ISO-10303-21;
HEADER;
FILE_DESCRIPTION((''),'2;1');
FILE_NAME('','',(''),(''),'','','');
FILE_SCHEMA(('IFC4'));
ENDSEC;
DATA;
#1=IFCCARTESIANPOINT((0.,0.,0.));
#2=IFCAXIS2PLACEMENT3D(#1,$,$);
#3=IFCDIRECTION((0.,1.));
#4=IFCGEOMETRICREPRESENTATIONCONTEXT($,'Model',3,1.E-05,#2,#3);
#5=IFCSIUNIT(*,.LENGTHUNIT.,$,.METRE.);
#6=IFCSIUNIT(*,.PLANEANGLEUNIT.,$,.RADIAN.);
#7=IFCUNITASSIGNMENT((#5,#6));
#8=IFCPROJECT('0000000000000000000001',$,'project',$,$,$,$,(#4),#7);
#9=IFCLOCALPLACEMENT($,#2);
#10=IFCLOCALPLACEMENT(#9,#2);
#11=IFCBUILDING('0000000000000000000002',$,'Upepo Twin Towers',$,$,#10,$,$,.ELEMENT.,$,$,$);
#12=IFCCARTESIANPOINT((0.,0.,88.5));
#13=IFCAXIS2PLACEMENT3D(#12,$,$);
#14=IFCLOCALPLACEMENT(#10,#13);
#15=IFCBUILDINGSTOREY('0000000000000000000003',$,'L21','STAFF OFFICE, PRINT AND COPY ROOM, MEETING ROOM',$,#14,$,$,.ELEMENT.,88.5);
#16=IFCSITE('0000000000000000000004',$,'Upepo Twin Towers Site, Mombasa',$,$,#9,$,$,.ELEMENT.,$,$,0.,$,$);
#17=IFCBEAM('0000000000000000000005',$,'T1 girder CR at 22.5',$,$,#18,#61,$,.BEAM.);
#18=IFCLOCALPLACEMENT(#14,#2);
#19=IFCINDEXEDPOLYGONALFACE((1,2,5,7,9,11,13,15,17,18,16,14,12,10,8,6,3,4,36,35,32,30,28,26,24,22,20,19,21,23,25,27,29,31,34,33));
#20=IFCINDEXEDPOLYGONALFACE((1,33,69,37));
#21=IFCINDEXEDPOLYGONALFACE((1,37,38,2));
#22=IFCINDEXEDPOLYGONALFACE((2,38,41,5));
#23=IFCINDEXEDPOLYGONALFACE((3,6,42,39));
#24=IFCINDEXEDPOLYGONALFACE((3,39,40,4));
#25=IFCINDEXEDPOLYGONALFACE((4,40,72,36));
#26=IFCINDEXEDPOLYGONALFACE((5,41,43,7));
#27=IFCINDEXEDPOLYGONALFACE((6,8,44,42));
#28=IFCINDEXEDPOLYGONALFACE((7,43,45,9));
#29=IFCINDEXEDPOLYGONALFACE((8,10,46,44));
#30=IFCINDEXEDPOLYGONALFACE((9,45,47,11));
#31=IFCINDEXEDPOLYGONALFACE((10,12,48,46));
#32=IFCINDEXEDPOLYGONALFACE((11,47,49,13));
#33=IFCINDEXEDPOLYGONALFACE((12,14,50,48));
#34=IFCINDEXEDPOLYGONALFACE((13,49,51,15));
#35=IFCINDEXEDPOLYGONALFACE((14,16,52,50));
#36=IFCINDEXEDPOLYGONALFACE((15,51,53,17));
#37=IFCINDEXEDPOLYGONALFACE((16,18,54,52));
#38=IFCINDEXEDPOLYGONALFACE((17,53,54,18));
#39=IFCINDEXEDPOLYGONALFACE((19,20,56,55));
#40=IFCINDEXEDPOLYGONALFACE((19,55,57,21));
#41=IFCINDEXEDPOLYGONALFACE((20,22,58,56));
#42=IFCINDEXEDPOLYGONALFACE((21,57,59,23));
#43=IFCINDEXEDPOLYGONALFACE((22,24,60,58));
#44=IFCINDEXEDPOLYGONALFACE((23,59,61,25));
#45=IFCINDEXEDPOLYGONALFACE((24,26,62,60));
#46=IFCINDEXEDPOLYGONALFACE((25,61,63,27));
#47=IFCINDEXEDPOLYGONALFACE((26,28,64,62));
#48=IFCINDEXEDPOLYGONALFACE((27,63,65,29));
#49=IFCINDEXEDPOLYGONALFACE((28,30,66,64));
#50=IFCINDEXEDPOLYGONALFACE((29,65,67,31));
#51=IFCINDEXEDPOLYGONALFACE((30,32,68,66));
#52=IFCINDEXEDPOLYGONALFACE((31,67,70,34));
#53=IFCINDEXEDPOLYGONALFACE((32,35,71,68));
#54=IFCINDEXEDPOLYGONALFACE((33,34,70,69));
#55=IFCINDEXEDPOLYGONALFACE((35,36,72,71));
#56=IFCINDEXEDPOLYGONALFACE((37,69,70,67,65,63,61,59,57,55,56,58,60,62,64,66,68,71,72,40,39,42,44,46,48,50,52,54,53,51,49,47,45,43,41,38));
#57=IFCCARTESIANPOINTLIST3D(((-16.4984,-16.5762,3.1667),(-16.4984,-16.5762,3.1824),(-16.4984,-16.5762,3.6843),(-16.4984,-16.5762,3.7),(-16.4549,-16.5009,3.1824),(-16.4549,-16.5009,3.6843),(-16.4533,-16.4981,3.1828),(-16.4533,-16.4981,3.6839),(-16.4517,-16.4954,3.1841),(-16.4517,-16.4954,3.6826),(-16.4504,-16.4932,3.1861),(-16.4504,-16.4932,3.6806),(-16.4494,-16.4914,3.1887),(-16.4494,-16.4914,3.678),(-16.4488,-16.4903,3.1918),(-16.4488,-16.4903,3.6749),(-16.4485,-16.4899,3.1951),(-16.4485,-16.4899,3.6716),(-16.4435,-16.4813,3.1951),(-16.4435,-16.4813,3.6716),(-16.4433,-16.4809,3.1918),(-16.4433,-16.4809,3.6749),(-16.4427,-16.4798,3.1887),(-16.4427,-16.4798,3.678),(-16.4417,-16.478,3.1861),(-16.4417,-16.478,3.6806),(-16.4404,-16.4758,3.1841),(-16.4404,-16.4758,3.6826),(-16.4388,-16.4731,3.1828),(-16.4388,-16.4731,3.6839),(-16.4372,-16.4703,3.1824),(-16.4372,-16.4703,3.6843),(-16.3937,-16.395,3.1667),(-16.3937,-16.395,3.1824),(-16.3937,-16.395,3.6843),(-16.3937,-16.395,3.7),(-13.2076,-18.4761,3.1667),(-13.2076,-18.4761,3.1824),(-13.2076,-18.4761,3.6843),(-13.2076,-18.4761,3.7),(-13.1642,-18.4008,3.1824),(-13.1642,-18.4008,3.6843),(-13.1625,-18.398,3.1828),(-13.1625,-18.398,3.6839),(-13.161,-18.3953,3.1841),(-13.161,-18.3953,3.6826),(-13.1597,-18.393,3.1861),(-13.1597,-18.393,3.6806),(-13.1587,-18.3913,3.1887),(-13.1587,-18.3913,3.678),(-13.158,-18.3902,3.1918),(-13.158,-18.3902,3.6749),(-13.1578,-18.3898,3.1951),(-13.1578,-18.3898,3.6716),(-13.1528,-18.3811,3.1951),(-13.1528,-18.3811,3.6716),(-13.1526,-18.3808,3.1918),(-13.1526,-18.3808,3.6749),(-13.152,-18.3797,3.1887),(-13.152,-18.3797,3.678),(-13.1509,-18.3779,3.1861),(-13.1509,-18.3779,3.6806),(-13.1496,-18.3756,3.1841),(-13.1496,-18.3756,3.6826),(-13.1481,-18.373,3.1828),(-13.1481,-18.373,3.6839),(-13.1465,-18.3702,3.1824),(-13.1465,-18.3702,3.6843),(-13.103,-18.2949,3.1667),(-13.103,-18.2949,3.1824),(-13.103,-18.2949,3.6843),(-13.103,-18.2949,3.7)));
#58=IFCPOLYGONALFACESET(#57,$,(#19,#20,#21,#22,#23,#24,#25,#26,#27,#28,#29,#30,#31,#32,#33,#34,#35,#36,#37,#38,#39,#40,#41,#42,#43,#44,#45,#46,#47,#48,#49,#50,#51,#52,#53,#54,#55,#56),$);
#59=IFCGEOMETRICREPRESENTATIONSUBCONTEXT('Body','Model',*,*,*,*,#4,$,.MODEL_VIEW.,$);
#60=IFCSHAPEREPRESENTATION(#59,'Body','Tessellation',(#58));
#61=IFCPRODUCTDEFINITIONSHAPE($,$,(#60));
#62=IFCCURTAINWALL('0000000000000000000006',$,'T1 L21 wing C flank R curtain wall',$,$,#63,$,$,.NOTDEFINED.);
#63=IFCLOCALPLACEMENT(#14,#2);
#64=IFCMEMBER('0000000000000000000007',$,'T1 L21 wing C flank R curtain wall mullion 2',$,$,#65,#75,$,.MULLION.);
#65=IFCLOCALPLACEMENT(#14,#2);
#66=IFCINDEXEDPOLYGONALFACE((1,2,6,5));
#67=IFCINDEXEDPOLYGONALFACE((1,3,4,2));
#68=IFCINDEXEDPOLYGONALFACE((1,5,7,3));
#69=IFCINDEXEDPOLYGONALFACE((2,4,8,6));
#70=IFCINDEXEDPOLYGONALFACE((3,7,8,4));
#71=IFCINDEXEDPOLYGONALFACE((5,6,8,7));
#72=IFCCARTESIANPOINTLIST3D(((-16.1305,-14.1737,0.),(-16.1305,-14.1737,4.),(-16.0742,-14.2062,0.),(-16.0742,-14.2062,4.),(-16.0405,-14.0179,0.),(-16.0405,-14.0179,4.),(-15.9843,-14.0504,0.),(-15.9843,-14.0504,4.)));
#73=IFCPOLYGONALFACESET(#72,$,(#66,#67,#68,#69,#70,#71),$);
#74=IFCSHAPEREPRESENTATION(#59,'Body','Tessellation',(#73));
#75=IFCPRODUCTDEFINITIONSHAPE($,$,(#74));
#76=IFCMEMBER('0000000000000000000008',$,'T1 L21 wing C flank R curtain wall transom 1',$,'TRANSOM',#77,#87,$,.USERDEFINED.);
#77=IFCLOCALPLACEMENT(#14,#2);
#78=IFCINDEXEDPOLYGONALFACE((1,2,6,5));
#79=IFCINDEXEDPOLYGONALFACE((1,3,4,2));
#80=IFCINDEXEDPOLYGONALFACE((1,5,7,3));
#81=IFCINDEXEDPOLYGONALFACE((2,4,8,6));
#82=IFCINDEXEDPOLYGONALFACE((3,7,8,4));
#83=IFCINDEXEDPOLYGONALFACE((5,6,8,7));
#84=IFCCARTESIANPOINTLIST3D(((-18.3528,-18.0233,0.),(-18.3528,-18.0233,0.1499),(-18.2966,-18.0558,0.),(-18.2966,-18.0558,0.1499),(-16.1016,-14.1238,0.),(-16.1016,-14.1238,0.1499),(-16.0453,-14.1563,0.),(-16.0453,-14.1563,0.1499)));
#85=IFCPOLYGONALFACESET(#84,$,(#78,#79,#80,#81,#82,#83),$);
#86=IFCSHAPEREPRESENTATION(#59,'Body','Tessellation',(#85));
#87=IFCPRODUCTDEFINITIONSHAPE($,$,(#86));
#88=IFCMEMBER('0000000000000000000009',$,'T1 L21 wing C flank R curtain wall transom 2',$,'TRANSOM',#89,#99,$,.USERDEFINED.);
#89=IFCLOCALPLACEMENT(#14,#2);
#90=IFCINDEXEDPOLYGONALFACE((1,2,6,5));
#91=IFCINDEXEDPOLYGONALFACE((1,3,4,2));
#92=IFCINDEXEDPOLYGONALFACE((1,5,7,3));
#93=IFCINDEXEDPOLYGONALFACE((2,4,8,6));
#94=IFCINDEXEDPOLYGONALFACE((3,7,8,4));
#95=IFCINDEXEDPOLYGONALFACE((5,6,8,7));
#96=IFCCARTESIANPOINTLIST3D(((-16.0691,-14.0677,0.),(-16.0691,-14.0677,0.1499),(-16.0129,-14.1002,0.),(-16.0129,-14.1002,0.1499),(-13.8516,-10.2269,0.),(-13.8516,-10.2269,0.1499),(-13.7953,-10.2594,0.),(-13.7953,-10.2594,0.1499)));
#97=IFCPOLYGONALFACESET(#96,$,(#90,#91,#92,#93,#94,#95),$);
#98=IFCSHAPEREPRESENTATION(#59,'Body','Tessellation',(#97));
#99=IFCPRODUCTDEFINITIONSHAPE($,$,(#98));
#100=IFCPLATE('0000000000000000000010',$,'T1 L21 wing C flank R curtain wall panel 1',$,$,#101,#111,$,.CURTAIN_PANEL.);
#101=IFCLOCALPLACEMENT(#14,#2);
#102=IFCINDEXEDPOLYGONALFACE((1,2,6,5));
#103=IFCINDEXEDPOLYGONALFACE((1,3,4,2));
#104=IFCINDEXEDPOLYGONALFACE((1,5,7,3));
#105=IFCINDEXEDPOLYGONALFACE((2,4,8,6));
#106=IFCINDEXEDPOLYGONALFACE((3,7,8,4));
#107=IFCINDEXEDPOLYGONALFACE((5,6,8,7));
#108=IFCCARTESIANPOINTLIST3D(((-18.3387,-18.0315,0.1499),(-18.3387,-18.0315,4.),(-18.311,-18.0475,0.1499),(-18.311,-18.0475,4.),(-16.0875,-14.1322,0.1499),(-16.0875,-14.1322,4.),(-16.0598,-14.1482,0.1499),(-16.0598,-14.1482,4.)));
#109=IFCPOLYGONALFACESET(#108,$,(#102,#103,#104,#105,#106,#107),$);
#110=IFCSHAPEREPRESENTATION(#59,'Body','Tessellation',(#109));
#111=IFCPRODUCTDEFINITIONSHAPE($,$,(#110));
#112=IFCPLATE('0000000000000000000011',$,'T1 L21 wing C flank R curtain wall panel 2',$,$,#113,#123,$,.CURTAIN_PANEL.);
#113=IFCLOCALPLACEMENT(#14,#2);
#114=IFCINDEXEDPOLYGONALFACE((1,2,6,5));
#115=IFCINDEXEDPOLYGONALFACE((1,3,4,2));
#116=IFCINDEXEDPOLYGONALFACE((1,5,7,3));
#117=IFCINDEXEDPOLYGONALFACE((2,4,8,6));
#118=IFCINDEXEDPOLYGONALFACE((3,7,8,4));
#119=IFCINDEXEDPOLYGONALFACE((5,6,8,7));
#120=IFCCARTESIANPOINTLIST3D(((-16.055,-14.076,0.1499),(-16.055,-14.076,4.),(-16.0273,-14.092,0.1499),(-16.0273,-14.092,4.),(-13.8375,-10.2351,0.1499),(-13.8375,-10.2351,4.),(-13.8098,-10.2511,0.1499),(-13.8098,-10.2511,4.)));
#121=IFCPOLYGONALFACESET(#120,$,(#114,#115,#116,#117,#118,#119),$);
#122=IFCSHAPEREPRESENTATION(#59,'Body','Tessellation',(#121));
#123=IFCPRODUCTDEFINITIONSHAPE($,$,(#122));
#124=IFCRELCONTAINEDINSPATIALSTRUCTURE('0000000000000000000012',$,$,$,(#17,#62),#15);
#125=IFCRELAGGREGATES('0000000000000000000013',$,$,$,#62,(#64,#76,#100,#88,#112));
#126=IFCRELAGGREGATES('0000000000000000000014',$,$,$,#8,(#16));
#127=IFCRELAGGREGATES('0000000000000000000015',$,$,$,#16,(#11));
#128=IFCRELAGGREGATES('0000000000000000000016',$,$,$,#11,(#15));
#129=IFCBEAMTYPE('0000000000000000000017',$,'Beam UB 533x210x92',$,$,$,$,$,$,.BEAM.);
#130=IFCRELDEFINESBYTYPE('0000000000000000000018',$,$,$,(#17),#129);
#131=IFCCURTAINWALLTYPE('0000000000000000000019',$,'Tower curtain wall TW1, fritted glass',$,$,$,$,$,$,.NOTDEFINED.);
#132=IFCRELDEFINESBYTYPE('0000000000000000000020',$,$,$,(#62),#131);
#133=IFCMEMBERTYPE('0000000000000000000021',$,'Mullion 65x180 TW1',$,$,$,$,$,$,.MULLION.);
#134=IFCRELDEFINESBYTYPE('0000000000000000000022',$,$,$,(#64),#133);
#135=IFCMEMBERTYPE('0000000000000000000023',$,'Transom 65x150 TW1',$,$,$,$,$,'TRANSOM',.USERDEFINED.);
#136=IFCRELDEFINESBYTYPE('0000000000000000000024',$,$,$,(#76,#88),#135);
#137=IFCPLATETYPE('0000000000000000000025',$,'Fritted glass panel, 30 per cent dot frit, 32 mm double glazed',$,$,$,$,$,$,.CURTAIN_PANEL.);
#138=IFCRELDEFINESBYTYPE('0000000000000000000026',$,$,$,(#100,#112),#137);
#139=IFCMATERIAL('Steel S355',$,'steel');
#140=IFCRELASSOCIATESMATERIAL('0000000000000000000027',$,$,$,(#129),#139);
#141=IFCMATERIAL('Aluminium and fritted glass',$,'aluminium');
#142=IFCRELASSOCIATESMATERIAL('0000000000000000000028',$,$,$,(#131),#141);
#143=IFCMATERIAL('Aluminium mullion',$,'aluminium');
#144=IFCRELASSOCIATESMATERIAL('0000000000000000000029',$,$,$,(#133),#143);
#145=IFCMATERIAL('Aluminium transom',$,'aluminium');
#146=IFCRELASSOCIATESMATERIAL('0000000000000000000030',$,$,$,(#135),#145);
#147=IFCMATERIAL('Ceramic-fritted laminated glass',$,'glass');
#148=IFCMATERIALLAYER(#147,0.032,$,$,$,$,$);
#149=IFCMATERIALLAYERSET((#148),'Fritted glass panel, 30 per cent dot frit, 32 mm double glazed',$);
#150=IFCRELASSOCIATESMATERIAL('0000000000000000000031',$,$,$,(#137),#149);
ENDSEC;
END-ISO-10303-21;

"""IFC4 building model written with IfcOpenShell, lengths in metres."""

from ifc_helpers import new_model, si_unit, direction, frame, origin, origin_2d, place, context, subcontext, project, spatial, rectangle, i_section, extrude, material, layer, layer_set, material_profile, profile_set, type_object, element, aggregate, save


model = new_model("IFC4")

# Units and contexts
model_context = context("Model", 3, precision=1e-05, world=origin(), true_north=direction((0.0, 1.0)))
body_context = subcontext(model_context, "Body", "Model", "MODEL_VIEW")
ifc_project = project(units=[si_unit("LENGTHUNIT", "METRE"), si_unit("PLANEANGLEUNIT", "RADIAN")], contexts=[model_context])

# Site, building, storey
site_placement = place(None, origin())
site = spatial("IfcSite", under=ifc_project, at=site_placement, Name="Upepo Twin Towers Site, Mombasa", CompositionType="ELEMENT", RefElevation=0.0)
building_placement = place(site_placement, origin())
building = spatial("IfcBuilding", under=site, at=building_placement, Name="Upepo Twin Towers", CompositionType="ELEMENT")
storey_placement = place(building_placement, frame((0.0, 0.0, 88.5)))
storey = spatial("IfcBuildingStorey", under=building, at=storey_placement, Name="L21", Description="STAFF OFFICE, PRINT AND COPY ROOM, MEETING ROOM", CompositionType="ELEMENT", Elevation=88.5)

# Beam
ifc_material_1 = material(Name="Steel S355", Category="steel")
ifc_material_profile_1 = material_profile(ifc_material_1, i_section(OverallWidth=0.2092, OverallDepth=0.5332, WebThickness=0.01, FlangeThickness=0.0156, FilletRadius=0.0127, at=origin_2d()), Name="UB 533x210x92")
ifc_profile_set_1 = profile_set([ifc_material_profile_1], Name="Steel S355")
beam_type_1 = type_object("IfcBeamType", Name="Beam UB 533x210x92", PredefinedType="BEAM", material=ifc_profile_set_1)
beam_1_placement = place(storey_placement, frame((-16.446, -16.4856, 3.4333), z_axis=(0.866028, -0.499995, 0.0), x_axis=(0.499995, 0.866028, 0.0)))
element("IfcBeam", 1, at=beam_1_placement, inside=storey, type_object=beam_type_1, Name="T1 girder CR at 22.5", PredefinedType="BEAM", context=body_context, shape_type="SweptSolid", body=[
    extrude(i_section(OverallWidth=0.2092, OverallDepth=0.5332, WebThickness=0.01, FlangeThickness=0.0156, FilletRadius=0.0127, at=origin_2d()), origin(), (0.0, 0.0, 1.0), 3.7998),
])

# Curtain wall, members, plates
ifc_material_2 = material(Name="Aluminium and fritted glass", Category="aluminium")
curtain_wall_type = type_object("IfcCurtainWallType", Name="Tower curtain wall TW1, fritted glass", PredefinedType="NOTDEFINED", material=ifc_material_2)
curtain_wall_placement = place(storey_placement, origin())
curtain_wall = element("IfcCurtainWall", 2, at=curtain_wall_placement, inside=storey, type_object=curtain_wall_type, Name="T1 L21 wing C flank R curtain wall", PredefinedType="NOTDEFINED")
ifc_material_3 = material(Name="Aluminium mullion", Category="aluminium")
ifc_material_profile_2 = material_profile(ifc_material_3, rectangle(XDim=0.0649, YDim=0.1799, at=origin_2d()), Name="MULLION 65x180")
ifc_profile_set_2 = profile_set([ifc_material_profile_2], Name="Aluminium mullion")
member_type_1 = type_object("IfcMemberType", Name="Mullion 65x180 TW1", PredefinedType="MULLION", material=ifc_profile_set_2)
member_1_placement = place(storey_placement, frame((-16.0574, -14.1121, 0.0), z_axis=(0.0, 0.0, 1.0), x_axis=(-0.866025, 0.5, 0.0)))
member_1 = element("IfcMember", 3, at=member_1_placement, type_object=member_type_1, Name="T1 L21 wing C flank R curtain wall mullion 2", PredefinedType="MULLION", context=body_context, shape_type="SweptSolid", body=[
    extrude(rectangle(XDim=0.0649, YDim=0.1799, at=origin_2d()), origin(), (0.0, 0.0, 1.0), 4.0),
])
ifc_material_4 = material(Name="Aluminium transom", Category="aluminium")
ifc_material_profile_3 = material_profile(ifc_material_4, rectangle(XDim=0.0649, YDim=0.1499, at=origin_2d()), Name="TRANSOM 65x150")
ifc_profile_set_3 = profile_set([ifc_material_profile_3], Name="Aluminium transom")
member_type_2 = type_object("IfcMemberType", Name="Transom 65x150 TW1", ElementType="TRANSOM", PredefinedType="USERDEFINED", material=ifc_profile_set_3)
member_2_placement = place(storey_placement, frame((-18.3247, -18.0396, 0.075), z_axis=(0.499982, 0.866036, 0.0), x_axis=(-0.866036, 0.499982, 0.0)))
member_2 = element("IfcMember", 4, at=member_2_placement, type_object=member_type_2, Name="T1 L21 wing C flank R curtain wall transom 1", ObjectType="TRANSOM", PredefinedType="USERDEFINED", context=body_context, shape_type="SweptSolid", body=[
    extrude(rectangle(XDim=0.0649, YDim=0.1499, at=origin_2d()), origin(), (0.0, 0.0, 1.0), 4.5027),
])
member_3_placement = place(storey_placement, frame((-16.041, -14.084, 0.075), z_axis=(0.500005, 0.866022, 0.0), x_axis=(-0.866022, 0.500005, 0.0)))
member_3 = element("IfcMember", 5, at=member_3_placement, type_object=member_type_2, Name="T1 L21 wing C flank R curtain wall transom 2", ObjectType="TRANSOM", PredefinedType="USERDEFINED", context=body_context, shape_type="SweptSolid", body=[
    extrude(rectangle(XDim=0.0649, YDim=0.1499, at=origin_2d()), origin(), (0.0, 0.0, 1.0), 4.4351),
])
ifc_material_5 = material(Name="Ceramic-fritted laminated glass", Category="glass")
ifc_layer_1 = layer(ifc_material_5, 0.032)
ifc_layer_set_1 = layer_set([ifc_layer_1], Name="Fritted glass panel, 30 per cent dot frit, 32 mm double glazed")
plate_type = type_object("IfcPlateType", Name="Fritted glass panel, 30 per cent dot frit, 32 mm double glazed", PredefinedType="CURTAIN_PANEL", material=ifc_layer_set_1)
plate_1_placement = place(storey_placement, frame((-17.1992, -16.0898, 0.1499), z_axis=(0.0, 0.0, 1.0), x_axis=(0.5, 0.866025, 0.0)))
plate_1 = element("IfcPlate", 6, at=plate_1_placement, type_object=plate_type, Name="T1 L21 wing C flank R curtain wall panel 1", PredefinedType="CURTAIN_PANEL", context=body_context, shape_type="SweptSolid", body=[
    extrude(rectangle(XDim=4.5024, YDim=0.032, at=origin_2d()), origin(), (0.0, 0.0, 1.0), 3.8501),
])
plate_2_placement = place(storey_placement, frame((-14.9324, -12.1636, 0.1499), z_axis=(0.0, 0.0, 1.0), x_axis=(0.5, 0.866025, 0.0)))
plate_2 = element("IfcPlate", 7, at=plate_2_placement, type_object=plate_type, Name="T1 L21 wing C flank R curtain wall panel 2", PredefinedType="CURTAIN_PANEL", context=body_context, shape_type="SweptSolid", body=[
    extrude(rectangle(XDim=4.4351, YDim=0.032, at=origin_2d()), origin(), (0.0, 0.0, 1.0), 3.8501),
])
aggregate(curtain_wall, [member_1, member_2, plate_1, member_3, plate_2])

save(model, "model.ifc")
